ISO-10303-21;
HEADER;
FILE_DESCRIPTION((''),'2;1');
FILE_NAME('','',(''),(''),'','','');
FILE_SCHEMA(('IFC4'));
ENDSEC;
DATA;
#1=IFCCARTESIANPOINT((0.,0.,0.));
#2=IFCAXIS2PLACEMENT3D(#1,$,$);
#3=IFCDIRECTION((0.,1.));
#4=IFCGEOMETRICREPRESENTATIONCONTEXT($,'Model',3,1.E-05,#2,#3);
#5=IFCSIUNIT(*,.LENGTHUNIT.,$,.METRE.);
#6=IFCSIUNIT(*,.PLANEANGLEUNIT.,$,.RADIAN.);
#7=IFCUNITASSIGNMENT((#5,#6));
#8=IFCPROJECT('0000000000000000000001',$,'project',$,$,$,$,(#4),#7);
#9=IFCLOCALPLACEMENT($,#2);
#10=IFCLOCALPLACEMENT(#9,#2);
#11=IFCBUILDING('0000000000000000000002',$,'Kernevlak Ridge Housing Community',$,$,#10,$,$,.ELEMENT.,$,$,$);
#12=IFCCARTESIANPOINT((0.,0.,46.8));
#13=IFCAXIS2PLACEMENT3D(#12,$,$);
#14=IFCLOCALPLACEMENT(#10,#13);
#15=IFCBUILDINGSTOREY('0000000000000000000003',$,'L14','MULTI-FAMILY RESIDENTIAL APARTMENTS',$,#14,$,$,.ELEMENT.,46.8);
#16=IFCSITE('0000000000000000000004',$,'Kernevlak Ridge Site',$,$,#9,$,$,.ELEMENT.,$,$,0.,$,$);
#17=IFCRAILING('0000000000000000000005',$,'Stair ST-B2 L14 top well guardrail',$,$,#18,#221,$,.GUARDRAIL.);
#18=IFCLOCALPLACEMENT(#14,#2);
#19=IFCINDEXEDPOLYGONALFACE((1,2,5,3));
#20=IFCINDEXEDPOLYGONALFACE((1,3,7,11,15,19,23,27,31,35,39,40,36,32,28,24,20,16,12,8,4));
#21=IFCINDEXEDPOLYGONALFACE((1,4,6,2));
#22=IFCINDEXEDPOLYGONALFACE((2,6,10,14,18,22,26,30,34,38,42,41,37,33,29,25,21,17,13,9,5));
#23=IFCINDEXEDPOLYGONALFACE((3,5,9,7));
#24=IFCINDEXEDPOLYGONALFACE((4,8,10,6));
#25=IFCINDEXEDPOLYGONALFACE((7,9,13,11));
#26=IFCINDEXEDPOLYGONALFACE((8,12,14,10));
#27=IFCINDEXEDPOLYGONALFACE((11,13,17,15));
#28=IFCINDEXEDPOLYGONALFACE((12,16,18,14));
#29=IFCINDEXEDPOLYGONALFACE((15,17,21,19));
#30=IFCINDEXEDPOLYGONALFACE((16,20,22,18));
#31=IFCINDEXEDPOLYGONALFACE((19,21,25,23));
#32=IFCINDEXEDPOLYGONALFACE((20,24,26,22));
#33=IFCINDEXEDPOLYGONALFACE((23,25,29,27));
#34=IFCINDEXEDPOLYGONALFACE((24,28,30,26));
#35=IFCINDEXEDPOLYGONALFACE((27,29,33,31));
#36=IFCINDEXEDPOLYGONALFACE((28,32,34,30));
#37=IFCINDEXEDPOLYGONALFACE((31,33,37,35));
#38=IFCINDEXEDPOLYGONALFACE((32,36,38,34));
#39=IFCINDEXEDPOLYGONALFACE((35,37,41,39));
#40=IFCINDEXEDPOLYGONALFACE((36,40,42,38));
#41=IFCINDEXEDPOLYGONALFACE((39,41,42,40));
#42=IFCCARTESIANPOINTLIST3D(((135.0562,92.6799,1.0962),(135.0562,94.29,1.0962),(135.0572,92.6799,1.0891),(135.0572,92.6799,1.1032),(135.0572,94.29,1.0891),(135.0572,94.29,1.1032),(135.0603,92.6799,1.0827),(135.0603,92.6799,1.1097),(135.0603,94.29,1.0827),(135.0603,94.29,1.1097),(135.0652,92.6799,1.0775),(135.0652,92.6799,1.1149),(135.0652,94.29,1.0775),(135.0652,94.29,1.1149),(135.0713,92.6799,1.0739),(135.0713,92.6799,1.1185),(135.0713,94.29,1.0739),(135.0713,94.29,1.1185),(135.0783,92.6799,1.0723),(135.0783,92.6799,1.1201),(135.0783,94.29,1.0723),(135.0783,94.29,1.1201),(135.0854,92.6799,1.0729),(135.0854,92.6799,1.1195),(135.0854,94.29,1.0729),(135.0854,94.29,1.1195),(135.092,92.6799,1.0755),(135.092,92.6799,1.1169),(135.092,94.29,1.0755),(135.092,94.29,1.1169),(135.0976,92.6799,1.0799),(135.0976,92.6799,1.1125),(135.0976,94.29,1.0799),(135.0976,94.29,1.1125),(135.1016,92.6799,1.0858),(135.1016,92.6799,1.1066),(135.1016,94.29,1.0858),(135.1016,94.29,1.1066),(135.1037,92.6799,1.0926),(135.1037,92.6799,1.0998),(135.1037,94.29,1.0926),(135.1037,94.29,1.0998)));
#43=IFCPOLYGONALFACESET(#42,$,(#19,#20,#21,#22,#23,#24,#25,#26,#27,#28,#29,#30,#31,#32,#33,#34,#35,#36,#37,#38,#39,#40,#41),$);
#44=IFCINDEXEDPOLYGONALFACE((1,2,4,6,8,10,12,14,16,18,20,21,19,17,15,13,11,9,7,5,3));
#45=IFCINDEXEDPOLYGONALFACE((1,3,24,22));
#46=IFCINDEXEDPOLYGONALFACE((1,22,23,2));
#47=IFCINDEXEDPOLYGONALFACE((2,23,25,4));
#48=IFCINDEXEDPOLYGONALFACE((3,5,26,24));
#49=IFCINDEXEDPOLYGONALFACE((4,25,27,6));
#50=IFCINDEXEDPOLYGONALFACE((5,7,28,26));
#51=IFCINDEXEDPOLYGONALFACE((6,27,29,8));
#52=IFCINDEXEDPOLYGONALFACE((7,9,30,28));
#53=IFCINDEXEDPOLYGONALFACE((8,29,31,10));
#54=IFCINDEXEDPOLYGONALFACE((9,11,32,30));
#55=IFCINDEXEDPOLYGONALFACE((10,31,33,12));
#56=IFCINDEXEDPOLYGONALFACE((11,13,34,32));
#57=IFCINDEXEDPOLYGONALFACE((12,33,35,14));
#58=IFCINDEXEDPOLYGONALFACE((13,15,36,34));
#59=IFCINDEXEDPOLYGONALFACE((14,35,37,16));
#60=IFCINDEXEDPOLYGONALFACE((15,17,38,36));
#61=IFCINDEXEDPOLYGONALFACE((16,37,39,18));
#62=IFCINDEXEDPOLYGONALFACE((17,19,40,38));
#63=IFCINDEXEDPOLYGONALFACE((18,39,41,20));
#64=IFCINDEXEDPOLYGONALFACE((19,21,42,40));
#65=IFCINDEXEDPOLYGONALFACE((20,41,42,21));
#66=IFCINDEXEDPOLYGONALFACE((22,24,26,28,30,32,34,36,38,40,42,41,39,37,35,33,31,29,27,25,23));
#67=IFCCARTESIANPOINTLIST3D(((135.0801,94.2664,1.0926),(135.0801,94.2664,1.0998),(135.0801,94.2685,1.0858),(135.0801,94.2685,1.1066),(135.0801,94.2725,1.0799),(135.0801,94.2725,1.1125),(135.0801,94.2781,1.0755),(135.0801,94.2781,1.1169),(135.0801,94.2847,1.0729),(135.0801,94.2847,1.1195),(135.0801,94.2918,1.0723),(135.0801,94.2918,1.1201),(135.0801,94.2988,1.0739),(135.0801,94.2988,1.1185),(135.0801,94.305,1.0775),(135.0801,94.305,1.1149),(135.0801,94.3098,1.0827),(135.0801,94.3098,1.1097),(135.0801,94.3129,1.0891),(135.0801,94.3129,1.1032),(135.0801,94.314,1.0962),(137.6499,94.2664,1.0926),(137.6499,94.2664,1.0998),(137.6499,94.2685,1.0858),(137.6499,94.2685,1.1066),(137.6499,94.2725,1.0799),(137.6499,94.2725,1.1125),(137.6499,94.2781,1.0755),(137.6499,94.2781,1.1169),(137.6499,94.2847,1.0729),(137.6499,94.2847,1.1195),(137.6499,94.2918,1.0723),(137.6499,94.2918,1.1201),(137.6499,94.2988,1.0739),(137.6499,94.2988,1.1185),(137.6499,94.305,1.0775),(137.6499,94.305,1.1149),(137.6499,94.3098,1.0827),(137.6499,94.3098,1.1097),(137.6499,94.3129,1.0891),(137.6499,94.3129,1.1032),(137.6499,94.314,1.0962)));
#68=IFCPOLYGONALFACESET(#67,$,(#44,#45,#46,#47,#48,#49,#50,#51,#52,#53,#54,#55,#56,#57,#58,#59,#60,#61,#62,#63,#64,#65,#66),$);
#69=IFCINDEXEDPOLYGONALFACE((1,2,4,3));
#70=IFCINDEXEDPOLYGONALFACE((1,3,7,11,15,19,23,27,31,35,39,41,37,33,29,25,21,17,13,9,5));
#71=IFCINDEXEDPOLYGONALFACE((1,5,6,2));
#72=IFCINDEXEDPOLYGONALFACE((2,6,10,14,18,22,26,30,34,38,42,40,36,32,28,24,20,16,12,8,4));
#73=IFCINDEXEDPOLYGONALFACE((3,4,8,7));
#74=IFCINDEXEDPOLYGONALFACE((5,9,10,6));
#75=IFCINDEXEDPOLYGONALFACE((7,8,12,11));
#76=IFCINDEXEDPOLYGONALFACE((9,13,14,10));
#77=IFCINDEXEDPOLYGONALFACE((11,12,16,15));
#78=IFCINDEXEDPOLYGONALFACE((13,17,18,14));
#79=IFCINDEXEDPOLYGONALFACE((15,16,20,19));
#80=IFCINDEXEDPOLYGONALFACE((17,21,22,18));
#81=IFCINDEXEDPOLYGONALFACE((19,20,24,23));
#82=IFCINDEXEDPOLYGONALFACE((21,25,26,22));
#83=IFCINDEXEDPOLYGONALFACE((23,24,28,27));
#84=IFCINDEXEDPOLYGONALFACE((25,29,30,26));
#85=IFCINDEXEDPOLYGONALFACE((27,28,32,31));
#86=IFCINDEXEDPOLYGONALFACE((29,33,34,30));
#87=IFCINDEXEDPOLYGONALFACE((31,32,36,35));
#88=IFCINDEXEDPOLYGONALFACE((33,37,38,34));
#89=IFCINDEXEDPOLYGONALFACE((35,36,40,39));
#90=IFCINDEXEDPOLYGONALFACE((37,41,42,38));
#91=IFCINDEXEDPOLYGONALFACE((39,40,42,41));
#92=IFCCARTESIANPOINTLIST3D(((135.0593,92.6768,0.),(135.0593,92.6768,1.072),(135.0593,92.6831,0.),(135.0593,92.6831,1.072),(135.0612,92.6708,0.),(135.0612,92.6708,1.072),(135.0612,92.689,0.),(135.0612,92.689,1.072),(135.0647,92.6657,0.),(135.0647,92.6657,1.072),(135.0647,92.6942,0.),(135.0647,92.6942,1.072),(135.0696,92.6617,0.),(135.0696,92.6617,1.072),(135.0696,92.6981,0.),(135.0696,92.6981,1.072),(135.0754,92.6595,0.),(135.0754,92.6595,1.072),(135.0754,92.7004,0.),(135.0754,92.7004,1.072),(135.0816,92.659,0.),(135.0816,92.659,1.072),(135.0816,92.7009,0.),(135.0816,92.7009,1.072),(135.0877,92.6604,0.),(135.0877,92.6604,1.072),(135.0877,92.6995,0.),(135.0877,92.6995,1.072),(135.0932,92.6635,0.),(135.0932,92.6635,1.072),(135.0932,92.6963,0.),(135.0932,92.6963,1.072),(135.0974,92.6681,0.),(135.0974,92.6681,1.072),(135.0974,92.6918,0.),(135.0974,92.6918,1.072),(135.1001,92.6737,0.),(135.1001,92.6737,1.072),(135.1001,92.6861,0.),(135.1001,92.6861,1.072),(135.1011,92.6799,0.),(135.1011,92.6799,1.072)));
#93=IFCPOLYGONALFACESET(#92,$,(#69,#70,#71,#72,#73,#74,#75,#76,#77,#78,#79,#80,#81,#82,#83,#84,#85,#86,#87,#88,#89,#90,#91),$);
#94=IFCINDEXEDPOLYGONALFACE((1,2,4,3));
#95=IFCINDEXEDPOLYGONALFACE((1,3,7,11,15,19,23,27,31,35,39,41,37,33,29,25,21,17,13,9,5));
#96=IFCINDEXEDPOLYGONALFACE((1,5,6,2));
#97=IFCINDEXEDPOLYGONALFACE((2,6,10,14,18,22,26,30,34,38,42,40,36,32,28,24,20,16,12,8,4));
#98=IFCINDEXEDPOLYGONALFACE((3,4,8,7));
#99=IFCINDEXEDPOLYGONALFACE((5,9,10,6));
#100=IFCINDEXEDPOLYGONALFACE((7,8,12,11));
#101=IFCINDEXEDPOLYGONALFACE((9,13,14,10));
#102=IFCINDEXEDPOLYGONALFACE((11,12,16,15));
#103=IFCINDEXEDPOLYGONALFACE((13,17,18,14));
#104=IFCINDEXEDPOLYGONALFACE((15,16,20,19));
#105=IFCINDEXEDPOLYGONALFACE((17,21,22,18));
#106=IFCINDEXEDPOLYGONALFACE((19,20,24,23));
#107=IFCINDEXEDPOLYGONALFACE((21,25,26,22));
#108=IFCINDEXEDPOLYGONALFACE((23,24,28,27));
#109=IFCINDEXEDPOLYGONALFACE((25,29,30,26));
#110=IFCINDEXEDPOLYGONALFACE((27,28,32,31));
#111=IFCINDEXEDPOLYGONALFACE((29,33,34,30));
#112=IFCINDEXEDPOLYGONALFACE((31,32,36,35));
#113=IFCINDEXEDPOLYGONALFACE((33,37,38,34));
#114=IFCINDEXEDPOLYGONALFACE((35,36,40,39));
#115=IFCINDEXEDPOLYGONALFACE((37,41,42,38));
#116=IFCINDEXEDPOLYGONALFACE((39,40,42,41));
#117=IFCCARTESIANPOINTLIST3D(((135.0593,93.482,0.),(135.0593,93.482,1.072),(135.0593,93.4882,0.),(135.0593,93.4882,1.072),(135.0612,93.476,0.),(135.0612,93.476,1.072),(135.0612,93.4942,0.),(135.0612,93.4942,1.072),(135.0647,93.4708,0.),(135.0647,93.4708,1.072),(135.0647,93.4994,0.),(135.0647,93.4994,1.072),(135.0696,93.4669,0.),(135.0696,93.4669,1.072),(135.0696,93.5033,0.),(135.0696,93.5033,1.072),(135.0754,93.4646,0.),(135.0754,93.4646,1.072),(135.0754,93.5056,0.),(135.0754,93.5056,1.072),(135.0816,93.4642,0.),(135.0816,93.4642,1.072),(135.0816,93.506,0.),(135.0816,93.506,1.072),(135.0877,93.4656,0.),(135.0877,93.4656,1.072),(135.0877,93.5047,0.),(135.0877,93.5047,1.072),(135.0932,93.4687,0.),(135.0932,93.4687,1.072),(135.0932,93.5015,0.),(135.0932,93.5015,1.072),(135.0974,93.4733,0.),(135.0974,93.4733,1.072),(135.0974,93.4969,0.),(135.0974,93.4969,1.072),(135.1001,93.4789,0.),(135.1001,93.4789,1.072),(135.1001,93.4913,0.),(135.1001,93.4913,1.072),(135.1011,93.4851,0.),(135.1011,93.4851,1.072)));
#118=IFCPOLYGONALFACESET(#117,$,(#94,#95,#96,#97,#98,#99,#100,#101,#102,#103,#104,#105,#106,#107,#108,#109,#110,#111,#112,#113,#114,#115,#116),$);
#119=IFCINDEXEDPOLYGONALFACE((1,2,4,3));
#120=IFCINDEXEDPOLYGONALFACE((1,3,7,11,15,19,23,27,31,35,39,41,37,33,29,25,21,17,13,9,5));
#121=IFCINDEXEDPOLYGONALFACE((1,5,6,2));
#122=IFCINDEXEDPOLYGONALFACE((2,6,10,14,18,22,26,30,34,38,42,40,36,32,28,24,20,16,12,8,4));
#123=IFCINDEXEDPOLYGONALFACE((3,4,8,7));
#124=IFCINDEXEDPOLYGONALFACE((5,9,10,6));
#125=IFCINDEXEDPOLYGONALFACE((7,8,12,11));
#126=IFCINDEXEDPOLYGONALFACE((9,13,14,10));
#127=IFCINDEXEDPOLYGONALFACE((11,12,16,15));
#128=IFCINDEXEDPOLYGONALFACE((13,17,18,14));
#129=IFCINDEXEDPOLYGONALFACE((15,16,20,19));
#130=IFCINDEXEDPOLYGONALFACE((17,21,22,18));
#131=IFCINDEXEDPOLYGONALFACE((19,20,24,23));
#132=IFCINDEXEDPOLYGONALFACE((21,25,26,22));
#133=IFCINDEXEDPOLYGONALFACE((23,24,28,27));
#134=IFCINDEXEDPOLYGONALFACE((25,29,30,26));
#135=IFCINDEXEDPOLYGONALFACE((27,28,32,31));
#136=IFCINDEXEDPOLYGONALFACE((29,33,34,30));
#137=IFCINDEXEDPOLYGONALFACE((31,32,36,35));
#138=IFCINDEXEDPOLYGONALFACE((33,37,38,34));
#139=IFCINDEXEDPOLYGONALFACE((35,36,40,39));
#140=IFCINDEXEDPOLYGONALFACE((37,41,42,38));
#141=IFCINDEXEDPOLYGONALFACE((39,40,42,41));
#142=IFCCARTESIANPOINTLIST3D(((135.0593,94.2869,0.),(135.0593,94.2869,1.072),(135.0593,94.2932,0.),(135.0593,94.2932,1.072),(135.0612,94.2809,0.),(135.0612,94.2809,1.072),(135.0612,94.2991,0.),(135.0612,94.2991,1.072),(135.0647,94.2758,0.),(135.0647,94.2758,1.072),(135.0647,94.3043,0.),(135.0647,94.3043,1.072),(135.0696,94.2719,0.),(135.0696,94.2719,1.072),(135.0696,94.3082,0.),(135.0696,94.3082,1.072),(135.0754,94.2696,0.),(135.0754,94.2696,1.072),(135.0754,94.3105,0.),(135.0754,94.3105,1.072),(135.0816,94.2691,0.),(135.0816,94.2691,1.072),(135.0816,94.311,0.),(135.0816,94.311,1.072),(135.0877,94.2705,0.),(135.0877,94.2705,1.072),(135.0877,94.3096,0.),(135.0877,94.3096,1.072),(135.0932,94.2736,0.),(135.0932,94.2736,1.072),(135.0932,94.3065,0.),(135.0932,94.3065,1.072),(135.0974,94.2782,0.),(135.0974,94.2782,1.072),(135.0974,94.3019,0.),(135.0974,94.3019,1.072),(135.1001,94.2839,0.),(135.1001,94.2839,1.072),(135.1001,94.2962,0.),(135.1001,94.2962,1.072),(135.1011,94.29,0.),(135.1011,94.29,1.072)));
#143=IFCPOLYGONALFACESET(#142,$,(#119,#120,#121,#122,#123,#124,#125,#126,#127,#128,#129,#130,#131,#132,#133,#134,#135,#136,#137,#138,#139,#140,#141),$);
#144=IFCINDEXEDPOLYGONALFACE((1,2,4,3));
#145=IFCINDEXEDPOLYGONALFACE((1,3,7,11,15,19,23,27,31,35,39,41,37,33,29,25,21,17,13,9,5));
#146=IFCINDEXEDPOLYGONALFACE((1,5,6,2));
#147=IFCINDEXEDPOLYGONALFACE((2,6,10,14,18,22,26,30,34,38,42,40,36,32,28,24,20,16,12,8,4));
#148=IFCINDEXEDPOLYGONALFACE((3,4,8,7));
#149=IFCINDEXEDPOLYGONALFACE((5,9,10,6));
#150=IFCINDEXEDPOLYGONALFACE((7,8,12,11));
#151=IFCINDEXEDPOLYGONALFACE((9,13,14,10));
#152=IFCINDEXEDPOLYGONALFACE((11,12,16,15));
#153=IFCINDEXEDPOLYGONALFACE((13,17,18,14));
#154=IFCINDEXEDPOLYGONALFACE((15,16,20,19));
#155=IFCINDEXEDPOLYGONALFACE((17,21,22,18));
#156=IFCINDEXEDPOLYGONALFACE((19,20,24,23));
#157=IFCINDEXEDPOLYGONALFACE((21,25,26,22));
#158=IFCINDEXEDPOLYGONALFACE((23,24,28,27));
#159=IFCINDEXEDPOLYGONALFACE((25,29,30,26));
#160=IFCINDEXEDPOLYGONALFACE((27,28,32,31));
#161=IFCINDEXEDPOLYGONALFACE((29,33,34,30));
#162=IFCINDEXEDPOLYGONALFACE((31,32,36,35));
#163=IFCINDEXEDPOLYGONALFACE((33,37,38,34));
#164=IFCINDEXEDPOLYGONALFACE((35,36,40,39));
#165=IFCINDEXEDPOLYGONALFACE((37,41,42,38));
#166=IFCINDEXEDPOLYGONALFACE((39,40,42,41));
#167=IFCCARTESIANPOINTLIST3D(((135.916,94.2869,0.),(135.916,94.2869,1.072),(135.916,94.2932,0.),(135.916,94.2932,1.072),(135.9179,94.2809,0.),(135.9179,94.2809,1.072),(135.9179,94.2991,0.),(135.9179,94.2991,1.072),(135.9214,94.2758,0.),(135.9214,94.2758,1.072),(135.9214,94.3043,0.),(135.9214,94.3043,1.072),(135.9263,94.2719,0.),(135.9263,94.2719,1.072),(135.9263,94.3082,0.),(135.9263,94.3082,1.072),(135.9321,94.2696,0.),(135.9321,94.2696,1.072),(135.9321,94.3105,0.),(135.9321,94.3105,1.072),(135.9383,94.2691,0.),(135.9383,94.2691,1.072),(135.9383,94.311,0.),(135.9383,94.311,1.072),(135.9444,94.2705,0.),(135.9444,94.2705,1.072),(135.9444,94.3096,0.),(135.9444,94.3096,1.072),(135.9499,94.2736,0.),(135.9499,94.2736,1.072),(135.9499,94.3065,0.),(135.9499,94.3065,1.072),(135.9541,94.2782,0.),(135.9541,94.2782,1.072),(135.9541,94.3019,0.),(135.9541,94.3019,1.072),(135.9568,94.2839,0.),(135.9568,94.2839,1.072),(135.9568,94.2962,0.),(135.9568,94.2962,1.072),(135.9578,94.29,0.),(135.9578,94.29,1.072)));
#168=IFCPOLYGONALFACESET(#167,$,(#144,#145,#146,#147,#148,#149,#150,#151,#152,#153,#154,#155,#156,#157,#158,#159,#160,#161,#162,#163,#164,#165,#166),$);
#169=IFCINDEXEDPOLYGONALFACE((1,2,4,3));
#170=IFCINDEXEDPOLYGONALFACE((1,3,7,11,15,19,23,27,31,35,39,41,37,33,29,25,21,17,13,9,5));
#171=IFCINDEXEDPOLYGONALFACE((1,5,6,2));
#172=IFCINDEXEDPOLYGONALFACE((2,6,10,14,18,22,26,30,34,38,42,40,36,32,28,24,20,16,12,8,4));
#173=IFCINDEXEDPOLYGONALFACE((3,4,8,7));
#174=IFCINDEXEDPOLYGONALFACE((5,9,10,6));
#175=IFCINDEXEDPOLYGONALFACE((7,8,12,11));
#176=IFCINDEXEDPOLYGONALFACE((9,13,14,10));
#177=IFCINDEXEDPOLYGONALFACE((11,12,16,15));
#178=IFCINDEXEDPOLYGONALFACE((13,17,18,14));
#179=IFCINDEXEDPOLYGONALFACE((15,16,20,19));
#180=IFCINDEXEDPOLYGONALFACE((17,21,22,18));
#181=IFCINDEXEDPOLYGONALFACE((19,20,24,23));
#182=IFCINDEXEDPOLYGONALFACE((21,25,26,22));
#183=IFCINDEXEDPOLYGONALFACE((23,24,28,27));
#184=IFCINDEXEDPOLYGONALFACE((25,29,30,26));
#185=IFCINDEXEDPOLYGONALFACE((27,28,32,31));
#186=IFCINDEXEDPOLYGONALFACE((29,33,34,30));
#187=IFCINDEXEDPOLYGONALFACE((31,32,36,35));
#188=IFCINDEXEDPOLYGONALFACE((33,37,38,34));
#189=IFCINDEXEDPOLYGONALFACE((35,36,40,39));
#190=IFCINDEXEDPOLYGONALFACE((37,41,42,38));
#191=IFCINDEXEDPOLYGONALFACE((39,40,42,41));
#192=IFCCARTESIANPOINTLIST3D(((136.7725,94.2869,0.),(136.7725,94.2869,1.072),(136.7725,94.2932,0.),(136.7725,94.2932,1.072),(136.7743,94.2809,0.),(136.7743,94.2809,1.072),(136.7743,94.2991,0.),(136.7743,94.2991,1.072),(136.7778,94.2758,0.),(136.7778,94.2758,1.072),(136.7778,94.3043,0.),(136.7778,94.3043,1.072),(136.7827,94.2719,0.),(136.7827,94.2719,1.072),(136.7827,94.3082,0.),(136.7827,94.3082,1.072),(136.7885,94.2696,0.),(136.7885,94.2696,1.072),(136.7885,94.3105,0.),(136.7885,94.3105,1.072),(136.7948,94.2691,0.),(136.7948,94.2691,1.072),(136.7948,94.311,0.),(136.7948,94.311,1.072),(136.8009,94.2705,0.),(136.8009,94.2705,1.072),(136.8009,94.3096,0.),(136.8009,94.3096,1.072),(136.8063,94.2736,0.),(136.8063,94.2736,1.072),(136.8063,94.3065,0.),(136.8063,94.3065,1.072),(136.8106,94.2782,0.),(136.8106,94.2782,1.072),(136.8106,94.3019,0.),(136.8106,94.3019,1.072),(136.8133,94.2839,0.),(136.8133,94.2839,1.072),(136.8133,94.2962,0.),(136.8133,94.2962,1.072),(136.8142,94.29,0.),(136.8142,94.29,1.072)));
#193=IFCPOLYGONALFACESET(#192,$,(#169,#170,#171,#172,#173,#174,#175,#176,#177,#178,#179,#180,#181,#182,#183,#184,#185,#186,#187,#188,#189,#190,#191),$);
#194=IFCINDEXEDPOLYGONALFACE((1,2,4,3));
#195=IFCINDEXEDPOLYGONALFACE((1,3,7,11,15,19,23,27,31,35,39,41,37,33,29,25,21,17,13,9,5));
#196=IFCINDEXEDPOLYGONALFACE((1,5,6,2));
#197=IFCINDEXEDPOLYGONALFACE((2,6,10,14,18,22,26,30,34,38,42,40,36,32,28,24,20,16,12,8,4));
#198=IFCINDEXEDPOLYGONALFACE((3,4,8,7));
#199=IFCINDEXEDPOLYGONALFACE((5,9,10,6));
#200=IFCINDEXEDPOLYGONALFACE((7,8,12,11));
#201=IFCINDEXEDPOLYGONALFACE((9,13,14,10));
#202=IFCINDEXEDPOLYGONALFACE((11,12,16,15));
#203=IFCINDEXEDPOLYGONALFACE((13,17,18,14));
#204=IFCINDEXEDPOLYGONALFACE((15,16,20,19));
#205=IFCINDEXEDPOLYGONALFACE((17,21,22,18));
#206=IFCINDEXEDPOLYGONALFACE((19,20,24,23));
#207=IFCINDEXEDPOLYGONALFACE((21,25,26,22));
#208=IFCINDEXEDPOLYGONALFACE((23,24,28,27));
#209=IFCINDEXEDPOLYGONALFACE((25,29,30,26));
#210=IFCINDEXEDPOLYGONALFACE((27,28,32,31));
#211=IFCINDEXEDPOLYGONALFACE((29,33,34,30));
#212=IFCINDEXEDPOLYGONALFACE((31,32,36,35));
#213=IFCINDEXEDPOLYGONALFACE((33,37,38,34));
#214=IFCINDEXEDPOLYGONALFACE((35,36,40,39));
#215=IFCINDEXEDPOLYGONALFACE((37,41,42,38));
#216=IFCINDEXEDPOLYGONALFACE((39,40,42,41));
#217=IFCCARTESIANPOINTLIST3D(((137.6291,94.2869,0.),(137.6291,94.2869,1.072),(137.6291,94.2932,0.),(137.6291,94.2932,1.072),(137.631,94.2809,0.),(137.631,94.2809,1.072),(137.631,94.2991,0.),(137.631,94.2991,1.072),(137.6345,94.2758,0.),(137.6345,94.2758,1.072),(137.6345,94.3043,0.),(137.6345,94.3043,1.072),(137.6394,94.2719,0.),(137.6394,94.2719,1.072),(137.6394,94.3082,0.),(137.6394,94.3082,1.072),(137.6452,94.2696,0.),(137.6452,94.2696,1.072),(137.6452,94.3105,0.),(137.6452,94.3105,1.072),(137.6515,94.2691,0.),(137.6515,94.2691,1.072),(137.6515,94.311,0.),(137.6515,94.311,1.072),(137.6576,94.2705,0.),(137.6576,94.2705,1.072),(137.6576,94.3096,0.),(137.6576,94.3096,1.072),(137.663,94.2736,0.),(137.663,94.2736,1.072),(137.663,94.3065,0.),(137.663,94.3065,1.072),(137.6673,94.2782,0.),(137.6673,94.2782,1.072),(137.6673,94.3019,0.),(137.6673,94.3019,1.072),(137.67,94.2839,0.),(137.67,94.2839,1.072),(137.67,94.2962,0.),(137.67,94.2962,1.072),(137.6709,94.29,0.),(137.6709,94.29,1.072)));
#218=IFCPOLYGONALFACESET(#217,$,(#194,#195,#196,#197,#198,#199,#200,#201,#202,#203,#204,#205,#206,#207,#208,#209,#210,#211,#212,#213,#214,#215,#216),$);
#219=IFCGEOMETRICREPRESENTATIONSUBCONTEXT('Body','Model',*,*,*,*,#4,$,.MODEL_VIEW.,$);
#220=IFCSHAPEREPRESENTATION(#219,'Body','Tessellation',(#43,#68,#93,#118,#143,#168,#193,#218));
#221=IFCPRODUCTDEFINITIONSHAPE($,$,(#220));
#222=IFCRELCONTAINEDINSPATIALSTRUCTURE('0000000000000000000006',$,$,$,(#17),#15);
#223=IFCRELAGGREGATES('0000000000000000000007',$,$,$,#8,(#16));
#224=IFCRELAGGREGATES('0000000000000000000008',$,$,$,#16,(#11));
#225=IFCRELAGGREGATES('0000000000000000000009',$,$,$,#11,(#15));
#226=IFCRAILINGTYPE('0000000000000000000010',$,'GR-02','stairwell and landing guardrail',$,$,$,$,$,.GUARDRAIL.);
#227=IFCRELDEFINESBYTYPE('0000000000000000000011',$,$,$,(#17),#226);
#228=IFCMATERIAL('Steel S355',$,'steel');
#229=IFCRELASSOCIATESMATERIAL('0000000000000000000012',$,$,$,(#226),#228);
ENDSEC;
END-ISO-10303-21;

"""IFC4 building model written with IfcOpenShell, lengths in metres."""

from ifc_helpers import new_model, si_unit, direction, frame, origin, origin_2d, place, context, subcontext, project, spatial, circle, extrude, material, type_object, element, save


model = new_model("IFC4")

# Units and contexts
model_context = context("Model", 3, precision=1e-05, world=origin(), true_north=direction((0.0, 1.0)))
body_context = subcontext(model_context, "Body", "Model", "MODEL_VIEW")
ifc_project = project(units=[si_unit("LENGTHUNIT", "METRE"), si_unit("PLANEANGLEUNIT", "RADIAN")], contexts=[model_context])

# Site, building, storey
site_placement = place(None, origin())
site = spatial("IfcSite", under=ifc_project, at=site_placement, Name="Kernevlak Ridge Site", CompositionType="ELEMENT", RefElevation=0.0)
building_placement = place(site_placement, origin())
building = spatial("IfcBuilding", under=site, at=building_placement, Name="Kernevlak Ridge Housing Community", CompositionType="ELEMENT")
storey_placement = place(building_placement, frame((0.0, 0.0, 46.8)))
storey = spatial("IfcBuildingStorey", under=building, at=storey_placement, Name="L14", Description="MULTI-FAMILY RESIDENTIAL APARTMENTS", CompositionType="ELEMENT", Elevation=46.8)

# Railing
ifc_material_1 = material(Name="Steel S355", Category="steel")
railing_type = type_object("IfcRailingType", Name="GR-02", Description="stairwell and landing guardrail", PredefinedType="GUARDRAIL", material=ifc_material_1)
railing_placement = place(storey_placement, frame((135.0801, 92.6799, 0.0)))
element("IfcRailing", 1, at=railing_placement, inside=storey, type_object=railing_type, Name="Stair ST-B2 L14 top well guardrail", PredefinedType="GUARDRAIL", context=body_context, shape_type="SweptSolid", body=[
    extrude(circle(Radius=0.0239, at=origin_2d()), frame((0.0, 0.0, 1.0962), z_axis=(0.0, 1.0, 0.0), x_axis=(-1.0, 0.0, 0.0)), (0.0, 0.0, 1.0), 1.6101),
    extrude(circle(Radius=0.0239, at=origin_2d()), frame((0.0, 1.6101, 1.0962), z_axis=(1.0, 0.0, 0.0), x_axis=(0.0, 1.0, 0.0)), (0.0, 0.0, 1.0), 2.5698),
    extrude(circle(Radius=0.021, at=origin_2d()), origin(), (0.0, 0.0, 1.0), 1.072),
    extrude(circle(Radius=0.021, at=origin_2d()), frame((0.0, 0.8052, 0.0)), (0.0, 0.0, 1.0), 1.072),
    extrude(circle(Radius=0.021, at=origin_2d()), frame((0.0, 1.6101, 0.0)), (0.0, 0.0, 1.0), 1.072),
    extrude(circle(Radius=0.021, at=origin_2d()), frame((0.8567, 1.6101, 0.0)), (0.0, 0.0, 1.0), 1.072),
    extrude(circle(Radius=0.021, at=origin_2d()), frame((1.7131, 1.6101, 0.0)), (0.0, 0.0, 1.0), 1.072),
    extrude(circle(Radius=0.021, at=origin_2d()), frame((2.5698, 1.6101, 0.0)), (0.0, 0.0, 1.0), 1.072),
])

save(model, "model.ifc")
